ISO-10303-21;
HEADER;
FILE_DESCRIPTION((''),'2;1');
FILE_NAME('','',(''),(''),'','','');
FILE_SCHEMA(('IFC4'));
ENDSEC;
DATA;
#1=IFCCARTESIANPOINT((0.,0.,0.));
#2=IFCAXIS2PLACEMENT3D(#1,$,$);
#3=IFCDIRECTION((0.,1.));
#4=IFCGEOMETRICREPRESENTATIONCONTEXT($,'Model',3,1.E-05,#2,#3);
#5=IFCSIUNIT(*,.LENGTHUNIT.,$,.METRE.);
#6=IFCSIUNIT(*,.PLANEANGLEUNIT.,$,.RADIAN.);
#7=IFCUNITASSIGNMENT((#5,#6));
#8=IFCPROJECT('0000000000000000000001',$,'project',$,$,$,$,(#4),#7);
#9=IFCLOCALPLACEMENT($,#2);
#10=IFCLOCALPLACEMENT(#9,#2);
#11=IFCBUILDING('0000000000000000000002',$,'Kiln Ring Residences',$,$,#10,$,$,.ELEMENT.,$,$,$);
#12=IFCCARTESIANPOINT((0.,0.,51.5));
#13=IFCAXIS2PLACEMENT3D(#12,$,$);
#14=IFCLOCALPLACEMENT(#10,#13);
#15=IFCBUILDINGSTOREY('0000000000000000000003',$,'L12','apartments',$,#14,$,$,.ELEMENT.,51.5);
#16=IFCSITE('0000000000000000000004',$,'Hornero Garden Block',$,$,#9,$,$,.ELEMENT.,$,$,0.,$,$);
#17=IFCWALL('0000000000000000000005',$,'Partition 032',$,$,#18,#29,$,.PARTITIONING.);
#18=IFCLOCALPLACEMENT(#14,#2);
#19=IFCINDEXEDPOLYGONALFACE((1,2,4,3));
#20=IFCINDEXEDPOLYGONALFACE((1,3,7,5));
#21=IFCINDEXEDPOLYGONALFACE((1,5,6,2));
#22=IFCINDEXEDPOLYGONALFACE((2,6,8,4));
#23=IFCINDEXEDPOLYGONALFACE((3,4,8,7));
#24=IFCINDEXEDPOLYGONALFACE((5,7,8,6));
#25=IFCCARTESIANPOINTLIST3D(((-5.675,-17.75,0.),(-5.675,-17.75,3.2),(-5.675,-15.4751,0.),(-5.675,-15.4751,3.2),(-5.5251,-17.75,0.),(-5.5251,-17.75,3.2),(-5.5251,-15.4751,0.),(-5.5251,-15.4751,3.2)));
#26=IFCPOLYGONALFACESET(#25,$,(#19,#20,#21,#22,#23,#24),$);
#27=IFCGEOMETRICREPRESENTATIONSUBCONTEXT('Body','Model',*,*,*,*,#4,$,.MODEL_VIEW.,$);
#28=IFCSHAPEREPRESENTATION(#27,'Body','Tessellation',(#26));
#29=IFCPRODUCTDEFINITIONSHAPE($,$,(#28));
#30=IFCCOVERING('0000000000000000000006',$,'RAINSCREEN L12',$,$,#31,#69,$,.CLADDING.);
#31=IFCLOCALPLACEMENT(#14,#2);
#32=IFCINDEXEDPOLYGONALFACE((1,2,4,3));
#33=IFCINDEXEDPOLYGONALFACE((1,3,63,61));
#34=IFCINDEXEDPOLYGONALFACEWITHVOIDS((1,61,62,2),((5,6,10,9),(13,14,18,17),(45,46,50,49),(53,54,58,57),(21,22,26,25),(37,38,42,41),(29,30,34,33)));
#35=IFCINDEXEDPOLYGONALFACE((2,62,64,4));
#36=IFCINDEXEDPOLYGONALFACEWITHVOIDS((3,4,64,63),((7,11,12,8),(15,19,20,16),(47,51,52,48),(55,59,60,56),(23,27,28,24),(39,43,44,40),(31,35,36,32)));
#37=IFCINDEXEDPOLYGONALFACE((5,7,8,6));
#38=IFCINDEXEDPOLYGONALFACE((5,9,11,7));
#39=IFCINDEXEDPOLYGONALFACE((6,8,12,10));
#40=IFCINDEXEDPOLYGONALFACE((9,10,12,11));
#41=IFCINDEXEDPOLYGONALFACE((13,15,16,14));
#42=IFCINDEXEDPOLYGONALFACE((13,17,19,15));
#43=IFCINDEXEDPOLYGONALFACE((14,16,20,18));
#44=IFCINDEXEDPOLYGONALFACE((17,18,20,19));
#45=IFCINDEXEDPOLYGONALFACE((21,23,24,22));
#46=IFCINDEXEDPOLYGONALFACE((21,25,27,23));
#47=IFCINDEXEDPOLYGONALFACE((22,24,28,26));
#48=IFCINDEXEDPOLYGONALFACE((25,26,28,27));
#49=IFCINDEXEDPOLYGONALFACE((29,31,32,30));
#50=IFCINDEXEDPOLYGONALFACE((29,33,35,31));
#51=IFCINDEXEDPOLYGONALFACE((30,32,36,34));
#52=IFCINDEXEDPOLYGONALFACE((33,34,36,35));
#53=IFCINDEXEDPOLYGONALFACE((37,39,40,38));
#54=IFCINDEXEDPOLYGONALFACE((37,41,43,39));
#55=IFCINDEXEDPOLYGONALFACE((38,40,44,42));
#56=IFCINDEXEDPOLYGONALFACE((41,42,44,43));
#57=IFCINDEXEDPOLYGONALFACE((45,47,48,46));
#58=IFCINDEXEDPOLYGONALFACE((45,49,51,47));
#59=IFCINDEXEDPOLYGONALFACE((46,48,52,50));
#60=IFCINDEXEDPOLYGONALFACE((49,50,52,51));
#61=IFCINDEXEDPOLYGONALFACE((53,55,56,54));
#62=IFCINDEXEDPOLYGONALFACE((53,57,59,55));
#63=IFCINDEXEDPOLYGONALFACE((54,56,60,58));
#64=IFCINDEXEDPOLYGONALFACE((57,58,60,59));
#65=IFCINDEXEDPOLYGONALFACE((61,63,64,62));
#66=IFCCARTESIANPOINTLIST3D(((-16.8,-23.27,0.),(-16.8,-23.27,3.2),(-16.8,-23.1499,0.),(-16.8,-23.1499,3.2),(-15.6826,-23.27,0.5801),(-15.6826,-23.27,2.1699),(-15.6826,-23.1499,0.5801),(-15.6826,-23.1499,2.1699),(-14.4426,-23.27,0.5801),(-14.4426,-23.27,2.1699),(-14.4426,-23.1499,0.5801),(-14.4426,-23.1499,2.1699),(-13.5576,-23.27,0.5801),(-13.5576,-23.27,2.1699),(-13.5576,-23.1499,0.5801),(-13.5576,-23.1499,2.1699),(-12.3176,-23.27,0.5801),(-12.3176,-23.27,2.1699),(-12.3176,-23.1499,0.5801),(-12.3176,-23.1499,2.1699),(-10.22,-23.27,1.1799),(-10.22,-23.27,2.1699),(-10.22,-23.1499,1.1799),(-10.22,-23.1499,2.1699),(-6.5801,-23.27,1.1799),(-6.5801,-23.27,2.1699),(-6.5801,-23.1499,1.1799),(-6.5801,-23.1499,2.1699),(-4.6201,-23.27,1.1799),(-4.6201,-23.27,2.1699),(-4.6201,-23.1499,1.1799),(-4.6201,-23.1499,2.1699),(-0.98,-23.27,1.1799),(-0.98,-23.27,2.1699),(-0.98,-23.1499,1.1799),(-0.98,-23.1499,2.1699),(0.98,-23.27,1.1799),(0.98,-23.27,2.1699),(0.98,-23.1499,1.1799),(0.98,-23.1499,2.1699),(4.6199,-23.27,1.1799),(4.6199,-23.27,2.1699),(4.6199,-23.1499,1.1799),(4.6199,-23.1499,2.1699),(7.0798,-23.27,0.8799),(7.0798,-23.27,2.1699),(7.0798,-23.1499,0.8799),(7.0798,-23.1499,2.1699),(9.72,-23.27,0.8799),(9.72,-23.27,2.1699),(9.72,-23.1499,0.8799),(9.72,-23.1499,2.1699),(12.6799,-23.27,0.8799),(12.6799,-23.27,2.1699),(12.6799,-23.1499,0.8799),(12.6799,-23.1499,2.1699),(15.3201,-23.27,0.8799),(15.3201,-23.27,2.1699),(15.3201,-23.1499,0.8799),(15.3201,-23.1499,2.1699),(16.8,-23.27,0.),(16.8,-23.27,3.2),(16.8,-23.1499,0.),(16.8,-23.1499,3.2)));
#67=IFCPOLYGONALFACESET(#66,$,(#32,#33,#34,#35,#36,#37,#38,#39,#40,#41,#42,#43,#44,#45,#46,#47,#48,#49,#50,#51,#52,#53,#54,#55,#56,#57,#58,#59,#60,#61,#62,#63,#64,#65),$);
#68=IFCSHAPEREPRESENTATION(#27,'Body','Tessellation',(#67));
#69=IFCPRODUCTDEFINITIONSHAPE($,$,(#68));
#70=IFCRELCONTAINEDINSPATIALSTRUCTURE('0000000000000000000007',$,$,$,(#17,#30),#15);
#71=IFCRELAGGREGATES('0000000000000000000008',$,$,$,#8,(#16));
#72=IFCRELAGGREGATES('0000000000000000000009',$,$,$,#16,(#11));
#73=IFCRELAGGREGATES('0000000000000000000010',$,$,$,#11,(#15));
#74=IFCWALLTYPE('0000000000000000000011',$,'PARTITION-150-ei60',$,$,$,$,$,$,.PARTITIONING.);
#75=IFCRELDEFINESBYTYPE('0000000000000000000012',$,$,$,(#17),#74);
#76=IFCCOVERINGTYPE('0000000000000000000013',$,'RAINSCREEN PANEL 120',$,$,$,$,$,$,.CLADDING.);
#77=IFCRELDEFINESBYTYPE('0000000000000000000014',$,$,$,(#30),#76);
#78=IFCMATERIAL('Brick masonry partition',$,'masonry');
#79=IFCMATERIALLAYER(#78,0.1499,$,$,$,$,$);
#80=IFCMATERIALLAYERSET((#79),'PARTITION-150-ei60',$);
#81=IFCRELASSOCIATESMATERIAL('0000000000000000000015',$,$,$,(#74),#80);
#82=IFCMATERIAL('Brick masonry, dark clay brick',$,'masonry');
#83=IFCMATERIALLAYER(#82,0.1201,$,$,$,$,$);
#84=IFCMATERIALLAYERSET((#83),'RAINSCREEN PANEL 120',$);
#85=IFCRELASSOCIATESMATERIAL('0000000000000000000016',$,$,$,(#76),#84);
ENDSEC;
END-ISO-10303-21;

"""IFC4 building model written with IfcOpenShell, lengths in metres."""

from ifc_helpers import new_model, si_unit, direction, frame, frame_2d, origin, place, context, subcontext, project, spatial, polyline, rectangle, outline, extrude, material, layer, layer_set, type_object, element, save


model = new_model("IFC4")

# Units and contexts
model_context = context("Model", 3, precision=1e-05, world=origin(), true_north=direction((0.0, 1.0)))
body_context = subcontext(model_context, "Body", "Model", "MODEL_VIEW")
ifc_project = project(units=[si_unit("LENGTHUNIT", "METRE"), si_unit("PLANEANGLEUNIT", "RADIAN")], contexts=[model_context])

# Site, building, storey
site_placement = place(None, origin())
site = spatial("IfcSite", under=ifc_project, at=site_placement, Name="Hornero Garden Block", CompositionType="ELEMENT", RefElevation=0.0)
building_placement = place(site_placement, origin())
building = spatial("IfcBuilding", under=site, at=building_placement, Name="Kiln Ring Residences", CompositionType="ELEMENT")
storey_placement = place(building_placement, frame((0.0, 0.0, 51.5)))
storey = spatial("IfcBuildingStorey", under=building, at=storey_placement, Name="L12", Description="apartments", CompositionType="ELEMENT", Elevation=51.5)

# Wall
ifc_material_1 = material(Name="Brick masonry partition", Category="masonry")
ifc_layer_1 = layer(ifc_material_1, 0.1499)
ifc_layer_set_1 = layer_set([ifc_layer_1], Name="PARTITION-150-ei60")
wall_type_1 = type_object("IfcWallType", Name="PARTITION-150-ei60", PredefinedType="PARTITIONING", material=ifc_layer_set_1)
wall_1_placement = place(storey_placement, frame((-5.6001, -17.75, 0.0), z_axis=(0.0, 0.0, 1.0), x_axis=(0.0, 1.0, 0.0)))
element("IfcWall", 1, at=wall_1_placement, inside=storey, type_object=wall_type_1, Name="Partition 032", PredefinedType="PARTITIONING", context=body_context, shape_type="SweptSolid", body=[
    extrude(rectangle(XDim=2.2749, YDim=0.1499, at=frame_2d((1.1375, 0.0))), origin(), (0.0, 0.0, 1.0), 3.2),
])

# Covering
ifc_material_2 = material(Name="Brick masonry, dark clay brick", Category="masonry")
ifc_layer_2 = layer(ifc_material_2, 0.1201)
ifc_layer_set_2 = layer_set([ifc_layer_2], Name="RAINSCREEN PANEL 120")
covering_type = type_object("IfcCoveringType", Name="RAINSCREEN PANEL 120", PredefinedType="CLADDING", material=ifc_layer_set_2)
covering_placement = place(storey_placement, frame((-16.8, -23.21, 0.0), z_axis=(0.0, 0.0, 1.0), x_axis=(1.0, 0.0, 0.0)))
element("IfcCovering", 2, at=covering_placement, inside=storey, type_object=covering_type, Name="RAINSCREEN L12", PredefinedType="CLADDING", context=body_context, shape_type="SweptSolid", body=[
    extrude(outline(polyline([(0.0, 0.0), (33.6001, 0.0), (33.6001, 3.2), (0.0, 3.2), (0.0, 0.0)]), holes=[polyline([(2.3574, 0.5801), (2.3574, 2.1699), (1.1174, 2.1699), (1.1174, 0.5801), (2.3574, 0.5801)]), polyline([(3.2424, 0.5801), (4.4824, 0.5801), (4.4824, 2.1699), (3.2424, 2.1699), (3.2424, 0.5801)]), polyline([(23.8799, 0.8799), (26.52, 0.8799), (26.52, 2.1699), (23.8799, 2.1699), (23.8799, 0.8799)]), polyline([(29.48, 0.8799), (32.1201, 0.8799), (32.1201, 2.1699), (29.48, 2.1699), (29.48, 0.8799)]), polyline([(6.5801, 1.1799), (10.22, 1.1799), (10.22, 2.1699), (6.5801, 2.1699), (6.5801, 1.1799)]), polyline([(12.1799, 1.1799), (15.8201, 1.1799), (15.8201, 2.1699), (12.1799, 2.1699), (12.1799, 1.1799)]), polyline([(17.78, 1.1799), (21.4199, 1.1799), (21.4199, 2.1699), (17.78, 2.1699), (17.78, 1.1799)])]), frame((0.0, 0.0601, 0.0), z_axis=(0.0, -1.0, 0.0), x_axis=(1.0, 0.0, 0.0)), (0.0, 0.0, 1.0), 0.1201),
])

save(model, "model.ifc")
